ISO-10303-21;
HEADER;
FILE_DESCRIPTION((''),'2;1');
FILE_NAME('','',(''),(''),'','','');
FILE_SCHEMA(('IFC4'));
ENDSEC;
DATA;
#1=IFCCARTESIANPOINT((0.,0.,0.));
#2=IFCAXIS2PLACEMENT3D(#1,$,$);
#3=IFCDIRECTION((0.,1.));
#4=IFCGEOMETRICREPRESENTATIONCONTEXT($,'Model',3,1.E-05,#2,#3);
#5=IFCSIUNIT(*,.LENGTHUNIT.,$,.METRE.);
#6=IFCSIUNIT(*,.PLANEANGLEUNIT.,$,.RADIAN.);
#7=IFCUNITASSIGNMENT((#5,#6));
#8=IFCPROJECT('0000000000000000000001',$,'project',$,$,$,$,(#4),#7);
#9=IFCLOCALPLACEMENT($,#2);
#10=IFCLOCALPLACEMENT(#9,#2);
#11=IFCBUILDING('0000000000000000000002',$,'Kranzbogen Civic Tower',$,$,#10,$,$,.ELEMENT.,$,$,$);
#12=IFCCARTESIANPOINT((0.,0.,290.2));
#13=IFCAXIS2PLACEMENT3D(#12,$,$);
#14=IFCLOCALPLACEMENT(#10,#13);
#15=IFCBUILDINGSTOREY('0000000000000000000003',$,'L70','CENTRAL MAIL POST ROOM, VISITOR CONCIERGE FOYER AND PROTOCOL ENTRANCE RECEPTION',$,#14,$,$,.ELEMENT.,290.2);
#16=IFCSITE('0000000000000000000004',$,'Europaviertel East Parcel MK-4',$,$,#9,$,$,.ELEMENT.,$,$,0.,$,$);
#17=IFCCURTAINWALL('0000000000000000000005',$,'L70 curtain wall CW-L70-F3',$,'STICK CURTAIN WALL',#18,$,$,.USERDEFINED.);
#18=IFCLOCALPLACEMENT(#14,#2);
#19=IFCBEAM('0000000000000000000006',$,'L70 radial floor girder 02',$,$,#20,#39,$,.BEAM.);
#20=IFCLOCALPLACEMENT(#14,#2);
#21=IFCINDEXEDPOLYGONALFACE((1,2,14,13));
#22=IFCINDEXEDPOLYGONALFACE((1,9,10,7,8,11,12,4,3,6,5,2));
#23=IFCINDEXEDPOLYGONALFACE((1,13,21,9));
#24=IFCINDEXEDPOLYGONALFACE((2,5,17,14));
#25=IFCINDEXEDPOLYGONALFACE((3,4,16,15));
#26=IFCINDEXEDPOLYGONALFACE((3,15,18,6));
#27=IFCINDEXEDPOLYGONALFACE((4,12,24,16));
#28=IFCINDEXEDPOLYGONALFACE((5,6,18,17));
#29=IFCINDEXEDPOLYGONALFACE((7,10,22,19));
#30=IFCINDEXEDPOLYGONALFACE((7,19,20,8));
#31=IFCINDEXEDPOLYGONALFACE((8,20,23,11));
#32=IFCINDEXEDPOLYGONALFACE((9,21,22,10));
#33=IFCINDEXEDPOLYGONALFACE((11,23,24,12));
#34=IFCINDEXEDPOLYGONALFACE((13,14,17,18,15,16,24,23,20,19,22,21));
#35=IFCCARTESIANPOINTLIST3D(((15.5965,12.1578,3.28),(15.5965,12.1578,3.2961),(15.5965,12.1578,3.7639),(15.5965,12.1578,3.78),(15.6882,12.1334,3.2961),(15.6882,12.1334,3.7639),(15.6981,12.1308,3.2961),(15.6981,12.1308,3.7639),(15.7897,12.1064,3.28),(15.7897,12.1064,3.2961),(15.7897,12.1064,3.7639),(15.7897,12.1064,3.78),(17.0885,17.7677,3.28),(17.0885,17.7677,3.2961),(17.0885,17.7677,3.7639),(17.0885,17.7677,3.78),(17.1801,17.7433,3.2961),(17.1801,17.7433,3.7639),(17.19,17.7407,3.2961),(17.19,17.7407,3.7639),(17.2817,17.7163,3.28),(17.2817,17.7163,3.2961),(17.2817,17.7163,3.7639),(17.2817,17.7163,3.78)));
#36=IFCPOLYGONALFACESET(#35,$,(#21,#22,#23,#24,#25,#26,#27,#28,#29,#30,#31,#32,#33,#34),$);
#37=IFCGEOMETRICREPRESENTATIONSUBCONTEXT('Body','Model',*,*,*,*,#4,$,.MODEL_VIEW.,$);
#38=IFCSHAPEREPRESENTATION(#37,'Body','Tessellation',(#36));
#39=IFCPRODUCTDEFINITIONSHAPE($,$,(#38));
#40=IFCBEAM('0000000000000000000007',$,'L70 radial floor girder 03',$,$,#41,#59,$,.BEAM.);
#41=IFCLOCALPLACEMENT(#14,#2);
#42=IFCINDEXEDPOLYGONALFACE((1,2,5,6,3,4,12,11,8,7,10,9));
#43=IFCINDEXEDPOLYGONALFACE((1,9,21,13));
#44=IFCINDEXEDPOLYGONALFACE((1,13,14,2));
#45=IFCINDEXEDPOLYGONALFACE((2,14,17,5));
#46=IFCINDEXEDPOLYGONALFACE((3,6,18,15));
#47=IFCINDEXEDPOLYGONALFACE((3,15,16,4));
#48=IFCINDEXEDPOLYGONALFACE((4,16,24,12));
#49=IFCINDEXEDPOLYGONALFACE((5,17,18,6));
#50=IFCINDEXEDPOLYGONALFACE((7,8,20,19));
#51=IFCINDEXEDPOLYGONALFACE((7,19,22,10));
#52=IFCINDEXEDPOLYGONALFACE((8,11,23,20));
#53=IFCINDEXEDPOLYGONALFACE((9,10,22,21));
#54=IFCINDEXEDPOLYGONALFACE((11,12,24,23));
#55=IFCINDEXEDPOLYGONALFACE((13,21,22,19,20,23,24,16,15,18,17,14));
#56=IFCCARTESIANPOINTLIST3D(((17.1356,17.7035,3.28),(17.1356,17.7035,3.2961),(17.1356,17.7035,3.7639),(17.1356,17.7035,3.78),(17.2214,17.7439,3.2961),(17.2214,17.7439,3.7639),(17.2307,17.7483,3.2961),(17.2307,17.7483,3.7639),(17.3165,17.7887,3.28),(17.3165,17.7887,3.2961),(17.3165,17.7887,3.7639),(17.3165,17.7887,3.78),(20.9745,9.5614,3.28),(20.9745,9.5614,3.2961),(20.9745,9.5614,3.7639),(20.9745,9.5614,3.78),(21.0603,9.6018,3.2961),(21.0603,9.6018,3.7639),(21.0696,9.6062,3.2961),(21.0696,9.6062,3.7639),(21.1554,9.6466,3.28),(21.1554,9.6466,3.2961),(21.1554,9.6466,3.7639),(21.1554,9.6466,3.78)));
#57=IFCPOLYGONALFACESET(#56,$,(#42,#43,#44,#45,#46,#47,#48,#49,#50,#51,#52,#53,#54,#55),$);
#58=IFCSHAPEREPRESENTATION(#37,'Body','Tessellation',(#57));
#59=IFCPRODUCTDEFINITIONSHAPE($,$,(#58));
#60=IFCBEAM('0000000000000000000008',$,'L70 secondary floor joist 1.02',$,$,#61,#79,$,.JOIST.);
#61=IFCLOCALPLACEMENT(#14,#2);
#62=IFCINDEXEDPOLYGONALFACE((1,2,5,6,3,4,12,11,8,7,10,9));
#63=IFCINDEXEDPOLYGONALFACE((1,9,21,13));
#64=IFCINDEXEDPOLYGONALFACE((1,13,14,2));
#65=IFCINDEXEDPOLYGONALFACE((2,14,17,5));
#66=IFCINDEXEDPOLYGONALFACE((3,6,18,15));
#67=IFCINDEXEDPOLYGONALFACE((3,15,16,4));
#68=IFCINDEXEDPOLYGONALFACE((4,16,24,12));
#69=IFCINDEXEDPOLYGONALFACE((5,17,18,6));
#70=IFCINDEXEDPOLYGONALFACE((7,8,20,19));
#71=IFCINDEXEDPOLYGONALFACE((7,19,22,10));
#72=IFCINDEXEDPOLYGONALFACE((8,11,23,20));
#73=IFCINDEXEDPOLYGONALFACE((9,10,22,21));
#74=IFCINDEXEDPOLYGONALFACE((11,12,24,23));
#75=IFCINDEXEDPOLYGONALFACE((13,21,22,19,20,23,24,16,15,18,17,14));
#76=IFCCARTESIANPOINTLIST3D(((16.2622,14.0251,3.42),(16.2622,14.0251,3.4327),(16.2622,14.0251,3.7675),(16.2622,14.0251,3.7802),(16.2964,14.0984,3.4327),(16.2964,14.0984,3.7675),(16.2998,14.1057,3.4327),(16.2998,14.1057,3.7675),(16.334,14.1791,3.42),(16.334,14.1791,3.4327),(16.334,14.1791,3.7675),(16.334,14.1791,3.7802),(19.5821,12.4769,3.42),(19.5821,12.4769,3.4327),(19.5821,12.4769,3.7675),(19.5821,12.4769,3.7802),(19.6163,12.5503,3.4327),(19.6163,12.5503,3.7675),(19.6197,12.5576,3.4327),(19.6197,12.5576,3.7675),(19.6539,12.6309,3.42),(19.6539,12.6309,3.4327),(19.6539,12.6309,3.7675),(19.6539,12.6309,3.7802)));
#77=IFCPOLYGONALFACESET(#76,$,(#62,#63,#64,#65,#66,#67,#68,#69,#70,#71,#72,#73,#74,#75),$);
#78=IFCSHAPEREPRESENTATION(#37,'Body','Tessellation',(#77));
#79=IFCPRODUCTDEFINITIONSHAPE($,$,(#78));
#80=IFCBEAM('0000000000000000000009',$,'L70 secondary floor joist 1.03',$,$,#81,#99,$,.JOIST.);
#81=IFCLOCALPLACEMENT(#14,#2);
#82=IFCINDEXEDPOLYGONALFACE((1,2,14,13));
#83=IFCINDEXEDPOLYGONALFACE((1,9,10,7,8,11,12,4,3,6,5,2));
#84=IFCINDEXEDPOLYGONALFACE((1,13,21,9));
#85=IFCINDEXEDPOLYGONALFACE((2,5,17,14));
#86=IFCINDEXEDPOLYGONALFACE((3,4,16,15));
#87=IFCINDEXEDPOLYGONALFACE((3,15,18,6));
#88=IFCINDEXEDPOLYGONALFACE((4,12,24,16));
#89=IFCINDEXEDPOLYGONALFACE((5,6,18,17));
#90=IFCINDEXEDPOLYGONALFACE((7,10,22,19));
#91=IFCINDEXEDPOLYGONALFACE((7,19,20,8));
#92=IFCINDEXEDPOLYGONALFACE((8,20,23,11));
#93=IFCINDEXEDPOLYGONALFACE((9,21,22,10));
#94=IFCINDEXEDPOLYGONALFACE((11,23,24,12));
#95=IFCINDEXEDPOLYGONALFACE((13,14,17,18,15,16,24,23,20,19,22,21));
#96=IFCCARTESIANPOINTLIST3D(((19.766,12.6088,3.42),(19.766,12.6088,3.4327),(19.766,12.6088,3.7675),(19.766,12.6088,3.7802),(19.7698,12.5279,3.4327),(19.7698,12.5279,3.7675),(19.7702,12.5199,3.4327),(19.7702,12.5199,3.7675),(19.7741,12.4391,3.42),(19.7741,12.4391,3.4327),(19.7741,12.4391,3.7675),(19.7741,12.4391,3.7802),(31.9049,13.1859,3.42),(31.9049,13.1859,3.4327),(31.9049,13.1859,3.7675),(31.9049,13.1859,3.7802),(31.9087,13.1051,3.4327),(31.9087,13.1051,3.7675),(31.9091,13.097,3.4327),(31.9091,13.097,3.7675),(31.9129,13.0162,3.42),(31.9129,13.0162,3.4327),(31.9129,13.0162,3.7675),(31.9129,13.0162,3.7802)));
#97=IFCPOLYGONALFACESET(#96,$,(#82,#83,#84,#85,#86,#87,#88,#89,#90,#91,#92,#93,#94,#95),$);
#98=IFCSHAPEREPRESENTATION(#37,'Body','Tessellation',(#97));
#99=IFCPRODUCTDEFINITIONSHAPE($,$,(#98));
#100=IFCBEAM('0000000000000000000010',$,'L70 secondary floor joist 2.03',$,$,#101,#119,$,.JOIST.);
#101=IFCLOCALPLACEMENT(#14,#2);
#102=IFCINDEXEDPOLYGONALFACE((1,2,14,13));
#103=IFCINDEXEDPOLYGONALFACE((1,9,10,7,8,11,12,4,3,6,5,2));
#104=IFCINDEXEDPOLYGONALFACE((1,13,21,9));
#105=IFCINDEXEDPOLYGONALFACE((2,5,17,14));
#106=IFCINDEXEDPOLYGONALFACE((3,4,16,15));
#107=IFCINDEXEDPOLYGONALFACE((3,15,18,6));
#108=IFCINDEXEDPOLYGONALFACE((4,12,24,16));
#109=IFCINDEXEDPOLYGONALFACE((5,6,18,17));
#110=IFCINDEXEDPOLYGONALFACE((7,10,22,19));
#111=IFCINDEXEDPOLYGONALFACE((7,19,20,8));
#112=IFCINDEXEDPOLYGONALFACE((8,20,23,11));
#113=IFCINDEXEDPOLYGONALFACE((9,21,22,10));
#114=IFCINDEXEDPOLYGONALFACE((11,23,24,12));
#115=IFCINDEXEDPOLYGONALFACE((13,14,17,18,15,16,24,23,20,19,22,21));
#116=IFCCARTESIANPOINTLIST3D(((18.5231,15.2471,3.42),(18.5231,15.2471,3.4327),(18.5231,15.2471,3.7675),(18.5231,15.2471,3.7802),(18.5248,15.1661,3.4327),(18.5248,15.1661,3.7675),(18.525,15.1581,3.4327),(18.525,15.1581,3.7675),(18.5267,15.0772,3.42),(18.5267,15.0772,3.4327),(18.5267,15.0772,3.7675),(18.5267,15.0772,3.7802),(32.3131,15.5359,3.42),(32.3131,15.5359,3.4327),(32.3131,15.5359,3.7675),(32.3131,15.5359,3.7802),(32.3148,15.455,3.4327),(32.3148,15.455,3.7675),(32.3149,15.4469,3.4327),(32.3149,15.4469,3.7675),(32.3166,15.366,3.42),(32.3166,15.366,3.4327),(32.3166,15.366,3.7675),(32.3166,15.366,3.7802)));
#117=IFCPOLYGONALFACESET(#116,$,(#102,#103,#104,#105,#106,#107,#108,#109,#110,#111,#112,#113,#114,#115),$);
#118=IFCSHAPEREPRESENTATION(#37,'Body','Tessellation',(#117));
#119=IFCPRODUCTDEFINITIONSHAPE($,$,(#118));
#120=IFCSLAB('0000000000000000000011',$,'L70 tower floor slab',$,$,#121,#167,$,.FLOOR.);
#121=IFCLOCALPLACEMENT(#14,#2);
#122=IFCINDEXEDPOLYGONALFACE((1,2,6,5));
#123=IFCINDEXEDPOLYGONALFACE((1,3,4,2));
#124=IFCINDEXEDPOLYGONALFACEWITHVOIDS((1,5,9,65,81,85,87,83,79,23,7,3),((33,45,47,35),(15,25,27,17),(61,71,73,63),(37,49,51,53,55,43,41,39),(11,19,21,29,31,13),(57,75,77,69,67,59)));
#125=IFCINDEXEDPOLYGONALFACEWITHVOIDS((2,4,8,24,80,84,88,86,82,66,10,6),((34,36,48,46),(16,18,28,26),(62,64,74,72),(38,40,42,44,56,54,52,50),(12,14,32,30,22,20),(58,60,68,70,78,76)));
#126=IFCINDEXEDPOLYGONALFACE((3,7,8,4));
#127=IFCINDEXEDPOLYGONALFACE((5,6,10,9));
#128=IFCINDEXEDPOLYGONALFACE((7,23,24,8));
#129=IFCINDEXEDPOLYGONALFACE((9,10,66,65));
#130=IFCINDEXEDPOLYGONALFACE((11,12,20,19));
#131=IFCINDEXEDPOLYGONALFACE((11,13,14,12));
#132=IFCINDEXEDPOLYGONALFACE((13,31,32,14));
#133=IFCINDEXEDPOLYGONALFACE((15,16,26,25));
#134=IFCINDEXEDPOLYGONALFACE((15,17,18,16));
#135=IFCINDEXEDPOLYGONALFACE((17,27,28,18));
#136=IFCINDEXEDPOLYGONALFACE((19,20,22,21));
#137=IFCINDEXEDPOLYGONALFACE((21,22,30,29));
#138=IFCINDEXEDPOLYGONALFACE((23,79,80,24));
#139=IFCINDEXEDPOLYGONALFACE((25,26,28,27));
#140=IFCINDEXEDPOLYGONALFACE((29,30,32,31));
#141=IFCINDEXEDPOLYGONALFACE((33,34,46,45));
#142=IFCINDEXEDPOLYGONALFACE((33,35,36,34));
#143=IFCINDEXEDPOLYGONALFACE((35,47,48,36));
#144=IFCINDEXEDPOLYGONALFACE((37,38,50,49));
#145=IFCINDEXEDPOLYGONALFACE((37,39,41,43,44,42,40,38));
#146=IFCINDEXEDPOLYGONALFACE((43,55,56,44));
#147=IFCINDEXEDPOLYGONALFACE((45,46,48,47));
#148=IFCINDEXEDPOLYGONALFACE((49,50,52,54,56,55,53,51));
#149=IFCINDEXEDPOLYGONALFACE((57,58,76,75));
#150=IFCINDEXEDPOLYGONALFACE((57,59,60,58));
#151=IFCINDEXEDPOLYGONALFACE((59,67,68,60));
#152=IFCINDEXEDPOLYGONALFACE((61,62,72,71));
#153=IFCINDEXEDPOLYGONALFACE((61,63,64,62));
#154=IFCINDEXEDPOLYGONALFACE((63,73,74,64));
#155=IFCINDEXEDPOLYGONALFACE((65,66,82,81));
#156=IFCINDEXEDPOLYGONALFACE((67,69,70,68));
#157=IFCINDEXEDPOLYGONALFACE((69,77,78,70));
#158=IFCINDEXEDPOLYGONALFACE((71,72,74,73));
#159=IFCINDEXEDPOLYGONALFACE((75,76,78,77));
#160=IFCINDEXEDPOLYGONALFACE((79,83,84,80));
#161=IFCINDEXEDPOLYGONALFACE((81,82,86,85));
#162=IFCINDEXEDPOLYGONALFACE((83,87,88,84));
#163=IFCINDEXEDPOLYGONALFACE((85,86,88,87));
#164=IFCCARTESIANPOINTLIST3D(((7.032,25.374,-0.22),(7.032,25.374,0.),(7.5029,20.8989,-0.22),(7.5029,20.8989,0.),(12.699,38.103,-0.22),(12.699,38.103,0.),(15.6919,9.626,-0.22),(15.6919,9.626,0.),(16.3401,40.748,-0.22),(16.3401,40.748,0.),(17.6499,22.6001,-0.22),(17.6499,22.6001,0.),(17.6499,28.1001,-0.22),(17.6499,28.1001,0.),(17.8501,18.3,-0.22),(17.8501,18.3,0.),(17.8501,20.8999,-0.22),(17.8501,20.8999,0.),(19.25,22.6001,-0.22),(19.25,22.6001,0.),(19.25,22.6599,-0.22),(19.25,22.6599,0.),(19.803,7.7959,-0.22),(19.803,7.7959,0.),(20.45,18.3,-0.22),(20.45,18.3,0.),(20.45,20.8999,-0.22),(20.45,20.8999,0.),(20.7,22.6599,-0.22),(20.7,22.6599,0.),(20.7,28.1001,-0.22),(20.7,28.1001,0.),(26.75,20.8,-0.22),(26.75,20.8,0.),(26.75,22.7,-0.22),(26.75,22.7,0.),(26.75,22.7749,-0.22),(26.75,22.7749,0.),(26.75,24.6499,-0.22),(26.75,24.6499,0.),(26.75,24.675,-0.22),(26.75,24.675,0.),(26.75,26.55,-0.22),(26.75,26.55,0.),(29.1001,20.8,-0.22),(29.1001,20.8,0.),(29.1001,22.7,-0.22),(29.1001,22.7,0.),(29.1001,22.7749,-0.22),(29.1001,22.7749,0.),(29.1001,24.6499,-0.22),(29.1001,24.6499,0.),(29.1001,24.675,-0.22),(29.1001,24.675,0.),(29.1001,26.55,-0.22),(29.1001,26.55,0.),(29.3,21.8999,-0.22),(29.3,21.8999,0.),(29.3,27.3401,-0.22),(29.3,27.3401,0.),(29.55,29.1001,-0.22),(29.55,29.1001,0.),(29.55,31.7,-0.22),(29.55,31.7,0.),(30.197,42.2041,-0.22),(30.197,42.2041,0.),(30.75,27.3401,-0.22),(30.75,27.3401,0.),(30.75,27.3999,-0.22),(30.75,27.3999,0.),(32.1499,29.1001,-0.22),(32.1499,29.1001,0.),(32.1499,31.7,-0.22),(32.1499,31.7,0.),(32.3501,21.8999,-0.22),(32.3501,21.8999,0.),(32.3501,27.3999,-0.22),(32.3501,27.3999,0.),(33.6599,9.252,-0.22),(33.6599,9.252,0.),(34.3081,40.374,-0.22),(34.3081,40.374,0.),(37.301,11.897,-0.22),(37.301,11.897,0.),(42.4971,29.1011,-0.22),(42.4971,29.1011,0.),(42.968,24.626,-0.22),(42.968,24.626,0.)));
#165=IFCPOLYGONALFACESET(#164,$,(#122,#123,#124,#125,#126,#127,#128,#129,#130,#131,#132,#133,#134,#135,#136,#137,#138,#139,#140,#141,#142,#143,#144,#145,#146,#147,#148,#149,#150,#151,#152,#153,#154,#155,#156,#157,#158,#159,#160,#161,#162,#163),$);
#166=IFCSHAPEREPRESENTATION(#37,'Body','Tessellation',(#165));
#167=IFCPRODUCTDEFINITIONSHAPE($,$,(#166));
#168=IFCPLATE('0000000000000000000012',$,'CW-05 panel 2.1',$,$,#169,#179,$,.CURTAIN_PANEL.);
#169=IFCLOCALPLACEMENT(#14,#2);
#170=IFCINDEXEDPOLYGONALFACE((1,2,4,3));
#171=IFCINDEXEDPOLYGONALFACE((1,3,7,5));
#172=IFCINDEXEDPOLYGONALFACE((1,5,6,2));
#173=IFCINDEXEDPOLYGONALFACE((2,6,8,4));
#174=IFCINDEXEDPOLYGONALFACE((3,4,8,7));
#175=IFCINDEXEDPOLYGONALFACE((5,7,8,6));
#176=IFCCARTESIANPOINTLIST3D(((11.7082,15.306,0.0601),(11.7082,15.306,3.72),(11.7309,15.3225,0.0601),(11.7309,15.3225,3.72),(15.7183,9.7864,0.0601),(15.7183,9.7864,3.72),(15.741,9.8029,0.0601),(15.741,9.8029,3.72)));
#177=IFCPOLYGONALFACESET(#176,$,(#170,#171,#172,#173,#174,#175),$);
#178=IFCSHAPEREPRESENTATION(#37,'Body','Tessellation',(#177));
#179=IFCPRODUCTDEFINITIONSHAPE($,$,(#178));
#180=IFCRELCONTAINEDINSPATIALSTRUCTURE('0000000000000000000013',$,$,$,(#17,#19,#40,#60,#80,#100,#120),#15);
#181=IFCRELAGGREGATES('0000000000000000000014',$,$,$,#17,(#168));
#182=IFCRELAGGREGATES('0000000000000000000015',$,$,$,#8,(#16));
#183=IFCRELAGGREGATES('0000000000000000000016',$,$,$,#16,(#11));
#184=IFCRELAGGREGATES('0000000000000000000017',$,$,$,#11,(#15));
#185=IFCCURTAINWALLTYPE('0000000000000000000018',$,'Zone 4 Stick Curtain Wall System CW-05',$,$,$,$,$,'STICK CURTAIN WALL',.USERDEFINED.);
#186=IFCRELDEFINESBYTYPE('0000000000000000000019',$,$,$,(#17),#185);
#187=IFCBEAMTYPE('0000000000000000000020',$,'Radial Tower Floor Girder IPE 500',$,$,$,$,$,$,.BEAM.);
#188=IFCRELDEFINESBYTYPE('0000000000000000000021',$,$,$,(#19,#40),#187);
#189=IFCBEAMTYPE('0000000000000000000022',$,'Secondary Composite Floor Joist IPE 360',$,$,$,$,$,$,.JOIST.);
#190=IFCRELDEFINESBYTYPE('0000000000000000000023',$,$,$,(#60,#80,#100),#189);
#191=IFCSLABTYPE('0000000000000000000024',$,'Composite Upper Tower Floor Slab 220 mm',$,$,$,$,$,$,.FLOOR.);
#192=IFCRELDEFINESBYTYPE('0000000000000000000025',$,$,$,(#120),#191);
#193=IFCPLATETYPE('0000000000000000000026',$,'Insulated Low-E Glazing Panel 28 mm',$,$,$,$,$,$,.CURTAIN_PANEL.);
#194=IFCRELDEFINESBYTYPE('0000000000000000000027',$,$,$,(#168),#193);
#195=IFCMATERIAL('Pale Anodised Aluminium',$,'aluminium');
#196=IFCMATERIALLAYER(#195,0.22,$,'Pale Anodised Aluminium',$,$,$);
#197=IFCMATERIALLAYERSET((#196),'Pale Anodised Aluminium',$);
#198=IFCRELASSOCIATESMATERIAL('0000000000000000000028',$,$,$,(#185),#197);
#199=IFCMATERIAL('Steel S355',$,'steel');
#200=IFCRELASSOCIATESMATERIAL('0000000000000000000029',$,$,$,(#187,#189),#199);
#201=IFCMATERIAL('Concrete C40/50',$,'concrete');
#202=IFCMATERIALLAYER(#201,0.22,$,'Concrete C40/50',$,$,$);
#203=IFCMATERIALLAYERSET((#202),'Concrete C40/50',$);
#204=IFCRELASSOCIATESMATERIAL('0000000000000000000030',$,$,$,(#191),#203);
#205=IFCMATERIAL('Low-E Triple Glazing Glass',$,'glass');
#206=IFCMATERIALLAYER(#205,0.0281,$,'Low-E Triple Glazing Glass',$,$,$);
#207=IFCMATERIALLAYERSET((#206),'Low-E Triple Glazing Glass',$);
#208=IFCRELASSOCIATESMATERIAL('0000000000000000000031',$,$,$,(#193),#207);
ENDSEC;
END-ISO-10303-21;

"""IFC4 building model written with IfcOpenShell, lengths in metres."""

from ifc_helpers import new_model, si_unit, direction, frame, origin, origin_2d, place, context, subcontext, project, spatial, polyline, rectangle, i_section, outline, extrude, material, layer, layer_set, material_profile, profile_set, type_object, element, aggregate, save


model = new_model("IFC4")

# Units and contexts
model_context = context("Model", 3, precision=1e-05, world=origin(), true_north=direction((0.0, 1.0)))
body_context = subcontext(model_context, "Body", "Model", "MODEL_VIEW")
ifc_project = project(units=[si_unit("LENGTHUNIT", "METRE"), si_unit("PLANEANGLEUNIT", "RADIAN")], contexts=[model_context])

# Site, building, storey
site_placement = place(None, origin())
site = spatial("IfcSite", under=ifc_project, at=site_placement, Name="Europaviertel East Parcel MK-4", CompositionType="ELEMENT", RefElevation=0.0)
building_placement = place(site_placement, origin())
building = spatial("IfcBuilding", under=site, at=building_placement, Name="Kranzbogen Civic Tower", CompositionType="ELEMENT")
storey_placement = place(building_placement, frame((0.0, 0.0, 290.2)))
storey = spatial("IfcBuildingStorey", under=building, at=storey_placement, Name="L70", Description="CENTRAL MAIL POST ROOM, VISITOR CONCIERGE FOYER AND PROTOCOL ENTRANCE RECEPTION", CompositionType="ELEMENT", Elevation=290.2)

# Shared definitions
ifc_material_1 = material(Name="Steel S355", Category="steel")

# Curtain wall
ifc_material_2 = material(Name="Pale Anodised Aluminium", Category="aluminium")
ifc_layer_1 = layer(ifc_material_2, 0.22, Name="Pale Anodised Aluminium")
ifc_layer_set_1 = layer_set([ifc_layer_1], Name="Pale Anodised Aluminium")
curtain_wall_type = type_object("IfcCurtainWallType", Name="Zone 4 Stick Curtain Wall System CW-05", ElementType="STICK CURTAIN WALL", PredefinedType="USERDEFINED", material=ifc_layer_set_1)
curtain_wall_1_placement = place(storey_placement, origin())
curtain_wall_1 = element("IfcCurtainWall", 1, at=curtain_wall_1_placement, inside=storey, type_object=curtain_wall_type, Name="L70 curtain wall CW-L70-F3", ObjectType="STICK CURTAIN WALL", PredefinedType="USERDEFINED")

# Beams
ifc_material_profile_1 = material_profile(ifc_material_1, i_section(OverallWidth=0.2, OverallDepth=0.5, WebThickness=0.0103, FlangeThickness=0.0161, at=origin_2d()), Name="IPE 500")
ifc_profile_set_1 = profile_set([ifc_material_profile_1], Name="Steel S355")
beam_type_1 = type_object("IfcBeamType", Name="Radial Tower Floor Girder IPE 500", PredefinedType="BEAM", material=ifc_profile_set_1)
beam_1_placement = place(storey_placement, frame((15.6931, 12.1321, 3.53), z_axis=(0.257016, 0.966407, 0.0), x_axis=(-0.966407, 0.257016, 0.0)))
element("IfcBeam", 2, at=beam_1_placement, inside=storey, type_object=beam_type_1, Name="L70 radial floor girder 02", PredefinedType="BEAM", context=body_context, shape_type="SweptSolid", body=[
    extrude(i_section(OverallWidth=0.2, OverallDepth=0.5, WebThickness=0.0103, FlangeThickness=0.0161, at=origin_2d()), origin(), (0.0, 0.0, 1.0), 5.8049),
])
beam_2_placement = place(storey_placement, frame((21.0649, 9.604, 3.53), z_axis=(-0.42646, 0.904506, 0.0), x_axis=(-0.904506, -0.42646, 0.0)))
element("IfcBeam", 3, at=beam_2_placement, inside=storey, type_object=beam_type_1, Name="L70 radial floor girder 03", PredefinedType="BEAM", context=body_context, shape_type="SweptSolid", body=[
    extrude(i_section(OverallWidth=0.2, OverallDepth=0.5, WebThickness=0.0103, FlangeThickness=0.0161, at=origin_2d()), origin(), (0.0, 0.0, 1.0), 9.0017),
])
ifc_material_profile_2 = material_profile(ifc_material_1, i_section(OverallWidth=0.1699, OverallDepth=0.3601, WebThickness=0.0081, FlangeThickness=0.0127, at=origin_2d()), Name="IPE 360")
ifc_profile_set_2 = profile_set([ifc_material_profile_2], Name="Steel S355")
beam_type_2 = type_object("IfcBeamType", Name="Secondary Composite Floor Joist IPE 360", PredefinedType="JOIST", material=ifc_profile_set_2)
beam_3_placement = place(storey_placement, frame((16.2981, 14.1021, 3.6001), z_axis=(0.906304, -0.422626, 0.0), x_axis=(0.422626, 0.906304, 0.0)))
element("IfcBeam", 4, at=beam_3_placement, inside=storey, type_object=beam_type_2, Name="L70 secondary floor joist 1.02", PredefinedType="JOIST", context=body_context, shape_type="SweptSolid", body=[
    extrude(i_section(OverallWidth=0.1699, OverallDepth=0.3601, WebThickness=0.0081, FlangeThickness=0.0127, at=origin_2d()), origin(), (0.0, 0.0, 1.0), 3.6631),
])
beam_4_placement = place(storey_placement, frame((19.77, 12.5239, 3.6001), z_axis=(0.998872, 0.047492, 0.0), x_axis=(-0.047492, 0.998872, 0.0)))
element("IfcBeam", 5, at=beam_4_placement, inside=storey, type_object=beam_type_2, Name="L70 secondary floor joist 1.03", PredefinedType="JOIST", context=body_context, shape_type="SweptSolid", body=[
    extrude(i_section(OverallWidth=0.1699, OverallDepth=0.3601, WebThickness=0.0081, FlangeThickness=0.0127, at=origin_2d()), origin(), (0.0, 0.0, 1.0), 12.1526),
])
beam_5_placement = place(storey_placement, frame((18.5249, 15.1621, 3.6001), z_axis=(0.999781, 0.020939, 0.0), x_axis=(-0.020939, 0.999781, 0.0)))
element("IfcBeam", 6, at=beam_5_placement, inside=storey, type_object=beam_type_2, Name="L70 secondary floor joist 2.03", PredefinedType="JOIST", context=body_context, shape_type="SweptSolid", body=[
    extrude(i_section(OverallWidth=0.1699, OverallDepth=0.3601, WebThickness=0.0081, FlangeThickness=0.0127, at=origin_2d()), origin(), (0.0, 0.0, 1.0), 13.793),
])

# Slab
ifc_material_3 = material(Name="Concrete C40/50", Category="concrete")
ifc_layer_2 = layer(ifc_material_3, 0.22, Name="Concrete C40/50")
ifc_layer_set_2 = layer_set([ifc_layer_2], Name="Concrete C40/50")
slab_type_1 = type_object("IfcSlabType", Name="Composite Upper Tower Floor Slab 220 mm", PredefinedType="FLOOR", material=ifc_layer_set_2)
slab_1_placement = place(storey_placement, frame((0.0, 0.0, -0.22)))
element("IfcSlab", 7, at=slab_1_placement, inside=storey, type_object=slab_type_1, Name="L70 tower floor slab", PredefinedType="FLOOR", context=body_context, shape_type="SweptSolid", body=[
    extrude(outline(polyline([(30.197, 42.2041), (16.3401, 40.748), (12.699, 38.103), (7.032, 25.374), (7.5029, 20.8989), (15.6919, 9.626), (19.803, 7.7959), (33.6599, 9.252), (37.301, 11.897), (42.968, 24.626), (42.4971, 29.1011), (34.3081, 40.374), (30.197, 42.2041)]), holes=[polyline([(17.8501, 20.8999), (20.45, 20.8999), (20.45, 18.3), (17.8501, 18.3), (17.8501, 20.8999)]), polyline([(29.1001, 22.7), (29.1001, 20.8), (26.75, 20.8), (26.75, 22.7), (29.1001, 22.7)]), polyline([(29.1001, 24.6499), (29.1001, 22.7749), (26.75, 22.7749), (26.75, 24.6499), (26.75, 24.675), (26.75, 26.55), (29.1001, 26.55), (29.1001, 24.675), (29.1001, 24.6499)]), polyline([(29.3, 27.3401), (30.75, 27.3401), (30.75, 27.3999), (32.3501, 27.3999), (32.3501, 21.8999), (29.3, 21.8999), (29.3, 27.3401)]), polyline([(20.7, 22.6599), (19.25, 22.6599), (19.25, 22.6001), (17.6499, 22.6001), (17.6499, 28.1001), (20.7, 28.1001), (20.7, 22.6599)]), polyline([(32.1499, 31.7), (32.1499, 29.1001), (29.55, 29.1001), (29.55, 31.7), (32.1499, 31.7)])]), origin(), (0.0, 0.0, 1.0), 0.22),
])

# Plate
ifc_material_4 = material(Name="Low-E Triple Glazing Glass", Category="glass")
ifc_layer_3 = layer(ifc_material_4, 0.0281, Name="Low-E Triple Glazing Glass")
ifc_layer_set_3 = layer_set([ifc_layer_3], Name="Low-E Triple Glazing Glass")
plate_type = type_object("IfcPlateType", Name="Insulated Low-E Glazing Panel 28 mm", PredefinedType="CURTAIN_PANEL", material=ifc_layer_set_3)
plate_1_placement = place(storey_placement, frame((13.7246, 12.5544, 0.0601), z_axis=(0.0, 0.0, 1.0), x_axis=(0.587767, -0.80903, 0.0)))
plate_1 = element("IfcPlate", 8, at=plate_1_placement, type_object=plate_type, Name="CW-05 panel 2.1", PredefinedType="CURTAIN_PANEL", context=body_context, shape_type="SweptSolid", body=[
    extrude(rectangle(XDim=6.8225, YDim=0.0281, at=origin_2d()), origin(), (0.0, 0.0, 1.0), 3.6599),
])
aggregate(curtain_wall_1, [plate_1])

save(model, "model.ifc")
